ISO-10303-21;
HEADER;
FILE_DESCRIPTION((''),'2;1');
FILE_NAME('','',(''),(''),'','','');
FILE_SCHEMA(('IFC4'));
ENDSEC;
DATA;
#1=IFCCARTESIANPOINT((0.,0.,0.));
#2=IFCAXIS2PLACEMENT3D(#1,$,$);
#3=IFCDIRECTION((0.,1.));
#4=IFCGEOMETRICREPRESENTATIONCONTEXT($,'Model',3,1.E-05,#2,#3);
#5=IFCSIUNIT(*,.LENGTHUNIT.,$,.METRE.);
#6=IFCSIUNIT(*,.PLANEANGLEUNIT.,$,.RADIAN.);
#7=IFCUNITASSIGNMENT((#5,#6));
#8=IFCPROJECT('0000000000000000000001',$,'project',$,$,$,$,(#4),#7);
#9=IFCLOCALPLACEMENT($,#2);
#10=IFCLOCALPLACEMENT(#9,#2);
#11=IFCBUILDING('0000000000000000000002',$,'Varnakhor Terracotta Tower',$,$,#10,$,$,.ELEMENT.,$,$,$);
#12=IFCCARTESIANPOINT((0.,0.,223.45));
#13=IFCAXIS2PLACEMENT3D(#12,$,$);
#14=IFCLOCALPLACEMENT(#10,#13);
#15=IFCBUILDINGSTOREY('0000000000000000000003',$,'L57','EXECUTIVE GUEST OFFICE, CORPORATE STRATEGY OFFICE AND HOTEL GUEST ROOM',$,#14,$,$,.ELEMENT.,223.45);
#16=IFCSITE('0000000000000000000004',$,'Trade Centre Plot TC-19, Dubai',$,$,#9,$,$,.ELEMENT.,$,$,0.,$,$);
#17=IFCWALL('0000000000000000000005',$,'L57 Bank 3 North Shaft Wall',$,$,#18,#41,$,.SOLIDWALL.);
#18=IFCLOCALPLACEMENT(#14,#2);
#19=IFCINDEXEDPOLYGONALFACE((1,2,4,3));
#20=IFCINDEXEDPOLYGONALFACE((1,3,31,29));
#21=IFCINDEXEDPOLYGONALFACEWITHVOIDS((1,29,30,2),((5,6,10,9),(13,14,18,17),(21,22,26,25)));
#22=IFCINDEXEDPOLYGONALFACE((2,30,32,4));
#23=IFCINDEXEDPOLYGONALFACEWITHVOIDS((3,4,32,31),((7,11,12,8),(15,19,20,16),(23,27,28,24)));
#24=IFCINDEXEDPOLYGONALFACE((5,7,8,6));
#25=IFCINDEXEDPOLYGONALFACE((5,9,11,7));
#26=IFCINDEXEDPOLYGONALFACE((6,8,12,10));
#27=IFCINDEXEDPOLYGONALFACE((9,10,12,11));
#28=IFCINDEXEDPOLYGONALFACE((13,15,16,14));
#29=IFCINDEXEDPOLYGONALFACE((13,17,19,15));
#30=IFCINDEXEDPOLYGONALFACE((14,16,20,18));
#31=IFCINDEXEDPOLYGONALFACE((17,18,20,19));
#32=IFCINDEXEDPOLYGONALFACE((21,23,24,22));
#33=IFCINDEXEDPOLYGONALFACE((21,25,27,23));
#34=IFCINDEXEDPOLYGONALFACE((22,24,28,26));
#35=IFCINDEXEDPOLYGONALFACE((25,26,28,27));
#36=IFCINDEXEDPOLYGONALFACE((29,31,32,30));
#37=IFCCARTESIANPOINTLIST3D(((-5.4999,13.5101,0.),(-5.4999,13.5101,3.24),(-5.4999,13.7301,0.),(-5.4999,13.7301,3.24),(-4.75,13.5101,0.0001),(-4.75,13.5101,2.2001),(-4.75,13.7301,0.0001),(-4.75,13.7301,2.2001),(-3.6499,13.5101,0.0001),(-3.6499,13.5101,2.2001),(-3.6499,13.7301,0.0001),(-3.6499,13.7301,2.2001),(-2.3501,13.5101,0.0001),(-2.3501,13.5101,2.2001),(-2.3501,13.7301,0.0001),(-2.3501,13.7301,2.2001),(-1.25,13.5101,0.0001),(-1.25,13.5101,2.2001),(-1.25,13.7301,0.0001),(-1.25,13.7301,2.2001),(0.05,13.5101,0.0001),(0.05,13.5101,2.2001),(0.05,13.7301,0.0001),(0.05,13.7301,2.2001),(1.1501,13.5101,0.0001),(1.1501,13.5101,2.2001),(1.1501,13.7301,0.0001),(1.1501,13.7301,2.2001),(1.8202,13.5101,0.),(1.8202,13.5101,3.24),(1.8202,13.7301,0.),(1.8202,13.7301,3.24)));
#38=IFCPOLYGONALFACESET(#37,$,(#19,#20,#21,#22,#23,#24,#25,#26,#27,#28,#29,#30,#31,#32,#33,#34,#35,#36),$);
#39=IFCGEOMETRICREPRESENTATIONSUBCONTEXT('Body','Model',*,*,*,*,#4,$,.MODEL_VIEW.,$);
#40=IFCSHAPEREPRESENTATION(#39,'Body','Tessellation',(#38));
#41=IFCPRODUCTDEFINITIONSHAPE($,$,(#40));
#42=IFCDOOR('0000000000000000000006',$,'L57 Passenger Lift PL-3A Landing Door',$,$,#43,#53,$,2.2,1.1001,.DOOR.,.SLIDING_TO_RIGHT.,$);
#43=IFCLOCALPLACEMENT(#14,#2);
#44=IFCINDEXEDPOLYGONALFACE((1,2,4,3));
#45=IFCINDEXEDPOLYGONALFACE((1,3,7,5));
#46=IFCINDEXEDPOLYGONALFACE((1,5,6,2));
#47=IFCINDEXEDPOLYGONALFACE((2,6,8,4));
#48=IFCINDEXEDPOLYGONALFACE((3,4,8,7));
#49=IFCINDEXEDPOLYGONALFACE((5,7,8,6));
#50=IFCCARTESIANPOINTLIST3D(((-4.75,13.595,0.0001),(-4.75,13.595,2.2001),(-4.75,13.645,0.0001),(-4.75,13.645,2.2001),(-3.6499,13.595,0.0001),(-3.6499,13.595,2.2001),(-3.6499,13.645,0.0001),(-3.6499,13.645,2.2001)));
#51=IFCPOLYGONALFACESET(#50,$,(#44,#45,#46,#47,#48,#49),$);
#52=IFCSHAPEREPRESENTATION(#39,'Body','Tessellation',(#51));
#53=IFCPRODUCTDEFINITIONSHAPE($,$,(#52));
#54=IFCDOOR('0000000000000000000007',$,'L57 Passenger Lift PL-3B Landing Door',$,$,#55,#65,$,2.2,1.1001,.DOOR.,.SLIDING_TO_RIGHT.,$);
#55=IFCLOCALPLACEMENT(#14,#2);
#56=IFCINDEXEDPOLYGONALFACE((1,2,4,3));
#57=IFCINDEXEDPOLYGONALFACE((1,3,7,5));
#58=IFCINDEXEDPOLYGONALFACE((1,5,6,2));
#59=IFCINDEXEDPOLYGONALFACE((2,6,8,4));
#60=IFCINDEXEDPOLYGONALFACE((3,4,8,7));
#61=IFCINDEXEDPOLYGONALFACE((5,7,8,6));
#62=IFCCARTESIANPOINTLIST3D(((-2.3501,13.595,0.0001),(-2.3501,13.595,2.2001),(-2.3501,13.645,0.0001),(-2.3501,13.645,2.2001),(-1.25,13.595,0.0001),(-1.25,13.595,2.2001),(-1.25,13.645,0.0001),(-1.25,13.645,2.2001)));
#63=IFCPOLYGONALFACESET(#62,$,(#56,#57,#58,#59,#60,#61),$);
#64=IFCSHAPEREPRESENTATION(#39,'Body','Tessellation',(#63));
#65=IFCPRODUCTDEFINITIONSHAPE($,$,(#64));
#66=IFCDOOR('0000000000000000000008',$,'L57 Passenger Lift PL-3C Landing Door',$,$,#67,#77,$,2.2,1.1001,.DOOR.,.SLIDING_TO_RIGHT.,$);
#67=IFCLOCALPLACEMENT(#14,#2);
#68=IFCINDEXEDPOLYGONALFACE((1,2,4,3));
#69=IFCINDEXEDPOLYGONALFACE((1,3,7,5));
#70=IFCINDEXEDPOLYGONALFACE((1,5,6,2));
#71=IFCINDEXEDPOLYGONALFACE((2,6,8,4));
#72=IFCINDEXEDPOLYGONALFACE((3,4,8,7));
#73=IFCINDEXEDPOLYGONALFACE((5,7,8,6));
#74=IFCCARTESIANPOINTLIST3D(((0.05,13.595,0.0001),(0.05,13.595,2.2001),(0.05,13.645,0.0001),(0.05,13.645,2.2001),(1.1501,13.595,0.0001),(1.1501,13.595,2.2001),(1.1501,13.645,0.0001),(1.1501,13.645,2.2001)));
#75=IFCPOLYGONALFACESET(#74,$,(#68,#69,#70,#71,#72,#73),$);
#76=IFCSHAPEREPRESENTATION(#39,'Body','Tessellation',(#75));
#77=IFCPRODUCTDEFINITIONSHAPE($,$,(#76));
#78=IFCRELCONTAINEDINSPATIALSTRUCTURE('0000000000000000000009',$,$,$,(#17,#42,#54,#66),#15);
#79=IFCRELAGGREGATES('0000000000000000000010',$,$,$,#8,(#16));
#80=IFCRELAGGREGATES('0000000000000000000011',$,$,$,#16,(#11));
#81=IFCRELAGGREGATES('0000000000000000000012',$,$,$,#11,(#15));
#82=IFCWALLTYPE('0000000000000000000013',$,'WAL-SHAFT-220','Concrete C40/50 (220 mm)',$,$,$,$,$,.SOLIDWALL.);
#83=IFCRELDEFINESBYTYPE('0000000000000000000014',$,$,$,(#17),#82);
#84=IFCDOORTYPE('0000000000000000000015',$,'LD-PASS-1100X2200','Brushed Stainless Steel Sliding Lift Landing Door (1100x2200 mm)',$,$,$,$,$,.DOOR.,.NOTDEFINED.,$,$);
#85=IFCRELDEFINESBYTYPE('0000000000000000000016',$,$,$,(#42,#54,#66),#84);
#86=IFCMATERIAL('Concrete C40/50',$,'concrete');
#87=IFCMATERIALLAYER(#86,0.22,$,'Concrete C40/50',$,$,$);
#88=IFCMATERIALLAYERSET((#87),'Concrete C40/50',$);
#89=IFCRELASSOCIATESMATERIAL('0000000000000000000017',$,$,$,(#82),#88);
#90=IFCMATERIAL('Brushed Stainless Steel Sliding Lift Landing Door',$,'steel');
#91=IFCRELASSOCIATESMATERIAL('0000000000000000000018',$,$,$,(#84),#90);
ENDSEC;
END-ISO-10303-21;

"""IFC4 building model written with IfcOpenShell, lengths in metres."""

from ifc_helpers import new_model, si_unit, direction, frame, frame_2d, origin, place, context, subcontext, project, spatial, rectangle, extrude, source, transform, mapped, material, layer, layer_set, type_object, type_shapes, element, fill, save


model = new_model("IFC4")

# Units and contexts
model_context = context("Model", 3, precision=1e-05, world=origin(), true_north=direction((0.0, 1.0)))
body_context = subcontext(model_context, "Body", "Model", "MODEL_VIEW")
ifc_project = project(units=[si_unit("LENGTHUNIT", "METRE"), si_unit("PLANEANGLEUNIT", "RADIAN")], contexts=[model_context])

# Site, building, storey
site_placement = place(None, origin())
site = spatial("IfcSite", under=ifc_project, at=site_placement, Name="Trade Centre Plot TC-19, Dubai", CompositionType="ELEMENT", RefElevation=0.0)
building_placement = place(site_placement, origin())
building = spatial("IfcBuilding", under=site, at=building_placement, Name="Varnakhor Terracotta Tower", CompositionType="ELEMENT")
storey_placement = place(building_placement, frame((0.0, 0.0, 223.45)))
storey = spatial("IfcBuildingStorey", under=building, at=storey_placement, Name="L57", Description="EXECUTIVE GUEST OFFICE, CORPORATE STRATEGY OFFICE AND HOTEL GUEST ROOM", CompositionType="ELEMENT", Elevation=223.45)

# Wall, openings, doors
ifc_material_1 = material(Name="Concrete C40/50", Category="concrete")
ifc_layer_1 = layer(ifc_material_1, 0.22, Name="Concrete C40/50")
ifc_layer_set_1 = layer_set([ifc_layer_1], Name="Concrete C40/50")
wall_type_1 = type_object("IfcWallType", Name="WAL-SHAFT-220", Description="Concrete C40/50 (220 mm)", PredefinedType="SOLIDWALL", material=ifc_layer_set_1)
wall_1_placement = place(storey_placement, frame((-5.5, 13.6201, 0.0), z_axis=(0.0, 0.0, 1.0), x_axis=(1.0, 0.0, 0.0)))
wall_1 = element("IfcWall", 1, at=wall_1_placement, inside=storey, type_object=wall_type_1, Name="L57 Bank 3 North Shaft Wall", PredefinedType="SOLIDWALL", context=body_context, shape_type="SweptSolid", body=[
    extrude(rectangle(XDim=7.3201, YDim=0.22, at=frame_2d((3.6602, 0.0))), origin(), (0.0, 0.0, 1.0), 3.24),
])
opening_1_placement = place(wall_1_placement, frame((0.75, 0.0, 0.0)))
opening_1 = element("IfcOpeningElement", 2, at=opening_1_placement, cuts=wall_1, PredefinedType="OPENING", context=body_context, shape_type="SweptSolid", body=[
    extrude(rectangle(XDim=1.1001, YDim=2.2, at=frame_2d((0.55, 1.1001))), frame((0.0, 0.1201, 0.0), z_axis=(0.0, -1.0, 0.0), x_axis=(1.0, 0.0, 0.0)), (0.0, 0.0, 1.0), 0.24),
])
opening_2_placement = place(wall_1_placement, frame((3.1499, 0.0, 0.0)))
opening_2 = element("IfcOpeningElement", 3, at=opening_2_placement, cuts=wall_1, PredefinedType="OPENING", context=body_context, shape_type="SweptSolid", body=[
    extrude(rectangle(XDim=1.1001, YDim=2.2, at=frame_2d((0.55, 1.1001))), frame((0.0, 0.1201, 0.0), z_axis=(0.0, -1.0, 0.0), x_axis=(1.0, 0.0, 0.0)), (0.0, 0.0, 1.0), 0.24),
])
opening_3_placement = place(wall_1_placement, frame((5.55, 0.0, 0.0)))
opening_3 = element("IfcOpeningElement", 4, at=opening_3_placement, cuts=wall_1, PredefinedType="OPENING", context=body_context, shape_type="SweptSolid", body=[
    extrude(rectangle(XDim=1.1001, YDim=2.2, at=frame_2d((0.55, 1.1001))), frame((0.0, 0.1201, 0.0), z_axis=(0.0, -1.0, 0.0), x_axis=(1.0, 0.0, 0.0)), (0.0, 0.0, 1.0), 0.24),
])
ifc_material_2 = material(Name="Brushed Stainless Steel Sliding Lift Landing Door", Category="steel")
door_type_1 = type_object("IfcDoorType", Name="LD-PASS-1100X2200", Description="Brushed Stainless Steel Sliding Lift Landing Door (1100x2200 mm)", OperationType="NOTDEFINED", PredefinedType="DOOR", material=ifc_material_2)
shared_shape_1 = source(origin(), body_context, "Body", "SweptSolid", [
    extrude(rectangle(XDim=1.1001, YDim=2.2, at=frame_2d((0.55, 1.1001))), frame((0.0, 0.0249, 0.0), z_axis=(0.0, -1.0, 0.0), x_axis=(1.0, 0.0, 0.0)), (0.0, 0.0, 1.0), 0.05),
])
type_shapes(door_type_1, [shared_shape_1])
door_1_placement = place(opening_1_placement, origin())
door_1 = element("IfcDoor", 5, at=door_1_placement, inside=storey, type_object=door_type_1, Name="L57 Passenger Lift PL-3A Landing Door", OperationType="SLIDING_TO_RIGHT", OverallHeight=2.2, OverallWidth=1.1001, PredefinedType="DOOR", context=body_context, shape_type="MappedRepresentation", body=[
    mapped(shared_shape_1, transform((0.0, 0.0, 0.0), scale=1.0)),
])
fill(opening_1, door_1)
door_2_placement = place(opening_2_placement, origin())
door_2 = element("IfcDoor", 6, at=door_2_placement, inside=storey, type_object=door_type_1, Name="L57 Passenger Lift PL-3B Landing Door", OperationType="SLIDING_TO_RIGHT", OverallHeight=2.2, OverallWidth=1.1001, PredefinedType="DOOR", context=body_context, shape_type="MappedRepresentation", body=[
    mapped(shared_shape_1, transform((0.0, 0.0, 0.0), scale=1.0)),
])
fill(opening_2, door_2)
door_3_placement = place(opening_3_placement, origin())
door_3 = element("IfcDoor", 7, at=door_3_placement, inside=storey, type_object=door_type_1, Name="L57 Passenger Lift PL-3C Landing Door", OperationType="SLIDING_TO_RIGHT", OverallHeight=2.2, OverallWidth=1.1001, PredefinedType="DOOR", context=body_context, shape_type="MappedRepresentation", body=[
    mapped(shared_shape_1, transform((0.0, 0.0, 0.0), scale=1.0)),
])
fill(opening_3, door_3)

save(model, "model.ifc")
